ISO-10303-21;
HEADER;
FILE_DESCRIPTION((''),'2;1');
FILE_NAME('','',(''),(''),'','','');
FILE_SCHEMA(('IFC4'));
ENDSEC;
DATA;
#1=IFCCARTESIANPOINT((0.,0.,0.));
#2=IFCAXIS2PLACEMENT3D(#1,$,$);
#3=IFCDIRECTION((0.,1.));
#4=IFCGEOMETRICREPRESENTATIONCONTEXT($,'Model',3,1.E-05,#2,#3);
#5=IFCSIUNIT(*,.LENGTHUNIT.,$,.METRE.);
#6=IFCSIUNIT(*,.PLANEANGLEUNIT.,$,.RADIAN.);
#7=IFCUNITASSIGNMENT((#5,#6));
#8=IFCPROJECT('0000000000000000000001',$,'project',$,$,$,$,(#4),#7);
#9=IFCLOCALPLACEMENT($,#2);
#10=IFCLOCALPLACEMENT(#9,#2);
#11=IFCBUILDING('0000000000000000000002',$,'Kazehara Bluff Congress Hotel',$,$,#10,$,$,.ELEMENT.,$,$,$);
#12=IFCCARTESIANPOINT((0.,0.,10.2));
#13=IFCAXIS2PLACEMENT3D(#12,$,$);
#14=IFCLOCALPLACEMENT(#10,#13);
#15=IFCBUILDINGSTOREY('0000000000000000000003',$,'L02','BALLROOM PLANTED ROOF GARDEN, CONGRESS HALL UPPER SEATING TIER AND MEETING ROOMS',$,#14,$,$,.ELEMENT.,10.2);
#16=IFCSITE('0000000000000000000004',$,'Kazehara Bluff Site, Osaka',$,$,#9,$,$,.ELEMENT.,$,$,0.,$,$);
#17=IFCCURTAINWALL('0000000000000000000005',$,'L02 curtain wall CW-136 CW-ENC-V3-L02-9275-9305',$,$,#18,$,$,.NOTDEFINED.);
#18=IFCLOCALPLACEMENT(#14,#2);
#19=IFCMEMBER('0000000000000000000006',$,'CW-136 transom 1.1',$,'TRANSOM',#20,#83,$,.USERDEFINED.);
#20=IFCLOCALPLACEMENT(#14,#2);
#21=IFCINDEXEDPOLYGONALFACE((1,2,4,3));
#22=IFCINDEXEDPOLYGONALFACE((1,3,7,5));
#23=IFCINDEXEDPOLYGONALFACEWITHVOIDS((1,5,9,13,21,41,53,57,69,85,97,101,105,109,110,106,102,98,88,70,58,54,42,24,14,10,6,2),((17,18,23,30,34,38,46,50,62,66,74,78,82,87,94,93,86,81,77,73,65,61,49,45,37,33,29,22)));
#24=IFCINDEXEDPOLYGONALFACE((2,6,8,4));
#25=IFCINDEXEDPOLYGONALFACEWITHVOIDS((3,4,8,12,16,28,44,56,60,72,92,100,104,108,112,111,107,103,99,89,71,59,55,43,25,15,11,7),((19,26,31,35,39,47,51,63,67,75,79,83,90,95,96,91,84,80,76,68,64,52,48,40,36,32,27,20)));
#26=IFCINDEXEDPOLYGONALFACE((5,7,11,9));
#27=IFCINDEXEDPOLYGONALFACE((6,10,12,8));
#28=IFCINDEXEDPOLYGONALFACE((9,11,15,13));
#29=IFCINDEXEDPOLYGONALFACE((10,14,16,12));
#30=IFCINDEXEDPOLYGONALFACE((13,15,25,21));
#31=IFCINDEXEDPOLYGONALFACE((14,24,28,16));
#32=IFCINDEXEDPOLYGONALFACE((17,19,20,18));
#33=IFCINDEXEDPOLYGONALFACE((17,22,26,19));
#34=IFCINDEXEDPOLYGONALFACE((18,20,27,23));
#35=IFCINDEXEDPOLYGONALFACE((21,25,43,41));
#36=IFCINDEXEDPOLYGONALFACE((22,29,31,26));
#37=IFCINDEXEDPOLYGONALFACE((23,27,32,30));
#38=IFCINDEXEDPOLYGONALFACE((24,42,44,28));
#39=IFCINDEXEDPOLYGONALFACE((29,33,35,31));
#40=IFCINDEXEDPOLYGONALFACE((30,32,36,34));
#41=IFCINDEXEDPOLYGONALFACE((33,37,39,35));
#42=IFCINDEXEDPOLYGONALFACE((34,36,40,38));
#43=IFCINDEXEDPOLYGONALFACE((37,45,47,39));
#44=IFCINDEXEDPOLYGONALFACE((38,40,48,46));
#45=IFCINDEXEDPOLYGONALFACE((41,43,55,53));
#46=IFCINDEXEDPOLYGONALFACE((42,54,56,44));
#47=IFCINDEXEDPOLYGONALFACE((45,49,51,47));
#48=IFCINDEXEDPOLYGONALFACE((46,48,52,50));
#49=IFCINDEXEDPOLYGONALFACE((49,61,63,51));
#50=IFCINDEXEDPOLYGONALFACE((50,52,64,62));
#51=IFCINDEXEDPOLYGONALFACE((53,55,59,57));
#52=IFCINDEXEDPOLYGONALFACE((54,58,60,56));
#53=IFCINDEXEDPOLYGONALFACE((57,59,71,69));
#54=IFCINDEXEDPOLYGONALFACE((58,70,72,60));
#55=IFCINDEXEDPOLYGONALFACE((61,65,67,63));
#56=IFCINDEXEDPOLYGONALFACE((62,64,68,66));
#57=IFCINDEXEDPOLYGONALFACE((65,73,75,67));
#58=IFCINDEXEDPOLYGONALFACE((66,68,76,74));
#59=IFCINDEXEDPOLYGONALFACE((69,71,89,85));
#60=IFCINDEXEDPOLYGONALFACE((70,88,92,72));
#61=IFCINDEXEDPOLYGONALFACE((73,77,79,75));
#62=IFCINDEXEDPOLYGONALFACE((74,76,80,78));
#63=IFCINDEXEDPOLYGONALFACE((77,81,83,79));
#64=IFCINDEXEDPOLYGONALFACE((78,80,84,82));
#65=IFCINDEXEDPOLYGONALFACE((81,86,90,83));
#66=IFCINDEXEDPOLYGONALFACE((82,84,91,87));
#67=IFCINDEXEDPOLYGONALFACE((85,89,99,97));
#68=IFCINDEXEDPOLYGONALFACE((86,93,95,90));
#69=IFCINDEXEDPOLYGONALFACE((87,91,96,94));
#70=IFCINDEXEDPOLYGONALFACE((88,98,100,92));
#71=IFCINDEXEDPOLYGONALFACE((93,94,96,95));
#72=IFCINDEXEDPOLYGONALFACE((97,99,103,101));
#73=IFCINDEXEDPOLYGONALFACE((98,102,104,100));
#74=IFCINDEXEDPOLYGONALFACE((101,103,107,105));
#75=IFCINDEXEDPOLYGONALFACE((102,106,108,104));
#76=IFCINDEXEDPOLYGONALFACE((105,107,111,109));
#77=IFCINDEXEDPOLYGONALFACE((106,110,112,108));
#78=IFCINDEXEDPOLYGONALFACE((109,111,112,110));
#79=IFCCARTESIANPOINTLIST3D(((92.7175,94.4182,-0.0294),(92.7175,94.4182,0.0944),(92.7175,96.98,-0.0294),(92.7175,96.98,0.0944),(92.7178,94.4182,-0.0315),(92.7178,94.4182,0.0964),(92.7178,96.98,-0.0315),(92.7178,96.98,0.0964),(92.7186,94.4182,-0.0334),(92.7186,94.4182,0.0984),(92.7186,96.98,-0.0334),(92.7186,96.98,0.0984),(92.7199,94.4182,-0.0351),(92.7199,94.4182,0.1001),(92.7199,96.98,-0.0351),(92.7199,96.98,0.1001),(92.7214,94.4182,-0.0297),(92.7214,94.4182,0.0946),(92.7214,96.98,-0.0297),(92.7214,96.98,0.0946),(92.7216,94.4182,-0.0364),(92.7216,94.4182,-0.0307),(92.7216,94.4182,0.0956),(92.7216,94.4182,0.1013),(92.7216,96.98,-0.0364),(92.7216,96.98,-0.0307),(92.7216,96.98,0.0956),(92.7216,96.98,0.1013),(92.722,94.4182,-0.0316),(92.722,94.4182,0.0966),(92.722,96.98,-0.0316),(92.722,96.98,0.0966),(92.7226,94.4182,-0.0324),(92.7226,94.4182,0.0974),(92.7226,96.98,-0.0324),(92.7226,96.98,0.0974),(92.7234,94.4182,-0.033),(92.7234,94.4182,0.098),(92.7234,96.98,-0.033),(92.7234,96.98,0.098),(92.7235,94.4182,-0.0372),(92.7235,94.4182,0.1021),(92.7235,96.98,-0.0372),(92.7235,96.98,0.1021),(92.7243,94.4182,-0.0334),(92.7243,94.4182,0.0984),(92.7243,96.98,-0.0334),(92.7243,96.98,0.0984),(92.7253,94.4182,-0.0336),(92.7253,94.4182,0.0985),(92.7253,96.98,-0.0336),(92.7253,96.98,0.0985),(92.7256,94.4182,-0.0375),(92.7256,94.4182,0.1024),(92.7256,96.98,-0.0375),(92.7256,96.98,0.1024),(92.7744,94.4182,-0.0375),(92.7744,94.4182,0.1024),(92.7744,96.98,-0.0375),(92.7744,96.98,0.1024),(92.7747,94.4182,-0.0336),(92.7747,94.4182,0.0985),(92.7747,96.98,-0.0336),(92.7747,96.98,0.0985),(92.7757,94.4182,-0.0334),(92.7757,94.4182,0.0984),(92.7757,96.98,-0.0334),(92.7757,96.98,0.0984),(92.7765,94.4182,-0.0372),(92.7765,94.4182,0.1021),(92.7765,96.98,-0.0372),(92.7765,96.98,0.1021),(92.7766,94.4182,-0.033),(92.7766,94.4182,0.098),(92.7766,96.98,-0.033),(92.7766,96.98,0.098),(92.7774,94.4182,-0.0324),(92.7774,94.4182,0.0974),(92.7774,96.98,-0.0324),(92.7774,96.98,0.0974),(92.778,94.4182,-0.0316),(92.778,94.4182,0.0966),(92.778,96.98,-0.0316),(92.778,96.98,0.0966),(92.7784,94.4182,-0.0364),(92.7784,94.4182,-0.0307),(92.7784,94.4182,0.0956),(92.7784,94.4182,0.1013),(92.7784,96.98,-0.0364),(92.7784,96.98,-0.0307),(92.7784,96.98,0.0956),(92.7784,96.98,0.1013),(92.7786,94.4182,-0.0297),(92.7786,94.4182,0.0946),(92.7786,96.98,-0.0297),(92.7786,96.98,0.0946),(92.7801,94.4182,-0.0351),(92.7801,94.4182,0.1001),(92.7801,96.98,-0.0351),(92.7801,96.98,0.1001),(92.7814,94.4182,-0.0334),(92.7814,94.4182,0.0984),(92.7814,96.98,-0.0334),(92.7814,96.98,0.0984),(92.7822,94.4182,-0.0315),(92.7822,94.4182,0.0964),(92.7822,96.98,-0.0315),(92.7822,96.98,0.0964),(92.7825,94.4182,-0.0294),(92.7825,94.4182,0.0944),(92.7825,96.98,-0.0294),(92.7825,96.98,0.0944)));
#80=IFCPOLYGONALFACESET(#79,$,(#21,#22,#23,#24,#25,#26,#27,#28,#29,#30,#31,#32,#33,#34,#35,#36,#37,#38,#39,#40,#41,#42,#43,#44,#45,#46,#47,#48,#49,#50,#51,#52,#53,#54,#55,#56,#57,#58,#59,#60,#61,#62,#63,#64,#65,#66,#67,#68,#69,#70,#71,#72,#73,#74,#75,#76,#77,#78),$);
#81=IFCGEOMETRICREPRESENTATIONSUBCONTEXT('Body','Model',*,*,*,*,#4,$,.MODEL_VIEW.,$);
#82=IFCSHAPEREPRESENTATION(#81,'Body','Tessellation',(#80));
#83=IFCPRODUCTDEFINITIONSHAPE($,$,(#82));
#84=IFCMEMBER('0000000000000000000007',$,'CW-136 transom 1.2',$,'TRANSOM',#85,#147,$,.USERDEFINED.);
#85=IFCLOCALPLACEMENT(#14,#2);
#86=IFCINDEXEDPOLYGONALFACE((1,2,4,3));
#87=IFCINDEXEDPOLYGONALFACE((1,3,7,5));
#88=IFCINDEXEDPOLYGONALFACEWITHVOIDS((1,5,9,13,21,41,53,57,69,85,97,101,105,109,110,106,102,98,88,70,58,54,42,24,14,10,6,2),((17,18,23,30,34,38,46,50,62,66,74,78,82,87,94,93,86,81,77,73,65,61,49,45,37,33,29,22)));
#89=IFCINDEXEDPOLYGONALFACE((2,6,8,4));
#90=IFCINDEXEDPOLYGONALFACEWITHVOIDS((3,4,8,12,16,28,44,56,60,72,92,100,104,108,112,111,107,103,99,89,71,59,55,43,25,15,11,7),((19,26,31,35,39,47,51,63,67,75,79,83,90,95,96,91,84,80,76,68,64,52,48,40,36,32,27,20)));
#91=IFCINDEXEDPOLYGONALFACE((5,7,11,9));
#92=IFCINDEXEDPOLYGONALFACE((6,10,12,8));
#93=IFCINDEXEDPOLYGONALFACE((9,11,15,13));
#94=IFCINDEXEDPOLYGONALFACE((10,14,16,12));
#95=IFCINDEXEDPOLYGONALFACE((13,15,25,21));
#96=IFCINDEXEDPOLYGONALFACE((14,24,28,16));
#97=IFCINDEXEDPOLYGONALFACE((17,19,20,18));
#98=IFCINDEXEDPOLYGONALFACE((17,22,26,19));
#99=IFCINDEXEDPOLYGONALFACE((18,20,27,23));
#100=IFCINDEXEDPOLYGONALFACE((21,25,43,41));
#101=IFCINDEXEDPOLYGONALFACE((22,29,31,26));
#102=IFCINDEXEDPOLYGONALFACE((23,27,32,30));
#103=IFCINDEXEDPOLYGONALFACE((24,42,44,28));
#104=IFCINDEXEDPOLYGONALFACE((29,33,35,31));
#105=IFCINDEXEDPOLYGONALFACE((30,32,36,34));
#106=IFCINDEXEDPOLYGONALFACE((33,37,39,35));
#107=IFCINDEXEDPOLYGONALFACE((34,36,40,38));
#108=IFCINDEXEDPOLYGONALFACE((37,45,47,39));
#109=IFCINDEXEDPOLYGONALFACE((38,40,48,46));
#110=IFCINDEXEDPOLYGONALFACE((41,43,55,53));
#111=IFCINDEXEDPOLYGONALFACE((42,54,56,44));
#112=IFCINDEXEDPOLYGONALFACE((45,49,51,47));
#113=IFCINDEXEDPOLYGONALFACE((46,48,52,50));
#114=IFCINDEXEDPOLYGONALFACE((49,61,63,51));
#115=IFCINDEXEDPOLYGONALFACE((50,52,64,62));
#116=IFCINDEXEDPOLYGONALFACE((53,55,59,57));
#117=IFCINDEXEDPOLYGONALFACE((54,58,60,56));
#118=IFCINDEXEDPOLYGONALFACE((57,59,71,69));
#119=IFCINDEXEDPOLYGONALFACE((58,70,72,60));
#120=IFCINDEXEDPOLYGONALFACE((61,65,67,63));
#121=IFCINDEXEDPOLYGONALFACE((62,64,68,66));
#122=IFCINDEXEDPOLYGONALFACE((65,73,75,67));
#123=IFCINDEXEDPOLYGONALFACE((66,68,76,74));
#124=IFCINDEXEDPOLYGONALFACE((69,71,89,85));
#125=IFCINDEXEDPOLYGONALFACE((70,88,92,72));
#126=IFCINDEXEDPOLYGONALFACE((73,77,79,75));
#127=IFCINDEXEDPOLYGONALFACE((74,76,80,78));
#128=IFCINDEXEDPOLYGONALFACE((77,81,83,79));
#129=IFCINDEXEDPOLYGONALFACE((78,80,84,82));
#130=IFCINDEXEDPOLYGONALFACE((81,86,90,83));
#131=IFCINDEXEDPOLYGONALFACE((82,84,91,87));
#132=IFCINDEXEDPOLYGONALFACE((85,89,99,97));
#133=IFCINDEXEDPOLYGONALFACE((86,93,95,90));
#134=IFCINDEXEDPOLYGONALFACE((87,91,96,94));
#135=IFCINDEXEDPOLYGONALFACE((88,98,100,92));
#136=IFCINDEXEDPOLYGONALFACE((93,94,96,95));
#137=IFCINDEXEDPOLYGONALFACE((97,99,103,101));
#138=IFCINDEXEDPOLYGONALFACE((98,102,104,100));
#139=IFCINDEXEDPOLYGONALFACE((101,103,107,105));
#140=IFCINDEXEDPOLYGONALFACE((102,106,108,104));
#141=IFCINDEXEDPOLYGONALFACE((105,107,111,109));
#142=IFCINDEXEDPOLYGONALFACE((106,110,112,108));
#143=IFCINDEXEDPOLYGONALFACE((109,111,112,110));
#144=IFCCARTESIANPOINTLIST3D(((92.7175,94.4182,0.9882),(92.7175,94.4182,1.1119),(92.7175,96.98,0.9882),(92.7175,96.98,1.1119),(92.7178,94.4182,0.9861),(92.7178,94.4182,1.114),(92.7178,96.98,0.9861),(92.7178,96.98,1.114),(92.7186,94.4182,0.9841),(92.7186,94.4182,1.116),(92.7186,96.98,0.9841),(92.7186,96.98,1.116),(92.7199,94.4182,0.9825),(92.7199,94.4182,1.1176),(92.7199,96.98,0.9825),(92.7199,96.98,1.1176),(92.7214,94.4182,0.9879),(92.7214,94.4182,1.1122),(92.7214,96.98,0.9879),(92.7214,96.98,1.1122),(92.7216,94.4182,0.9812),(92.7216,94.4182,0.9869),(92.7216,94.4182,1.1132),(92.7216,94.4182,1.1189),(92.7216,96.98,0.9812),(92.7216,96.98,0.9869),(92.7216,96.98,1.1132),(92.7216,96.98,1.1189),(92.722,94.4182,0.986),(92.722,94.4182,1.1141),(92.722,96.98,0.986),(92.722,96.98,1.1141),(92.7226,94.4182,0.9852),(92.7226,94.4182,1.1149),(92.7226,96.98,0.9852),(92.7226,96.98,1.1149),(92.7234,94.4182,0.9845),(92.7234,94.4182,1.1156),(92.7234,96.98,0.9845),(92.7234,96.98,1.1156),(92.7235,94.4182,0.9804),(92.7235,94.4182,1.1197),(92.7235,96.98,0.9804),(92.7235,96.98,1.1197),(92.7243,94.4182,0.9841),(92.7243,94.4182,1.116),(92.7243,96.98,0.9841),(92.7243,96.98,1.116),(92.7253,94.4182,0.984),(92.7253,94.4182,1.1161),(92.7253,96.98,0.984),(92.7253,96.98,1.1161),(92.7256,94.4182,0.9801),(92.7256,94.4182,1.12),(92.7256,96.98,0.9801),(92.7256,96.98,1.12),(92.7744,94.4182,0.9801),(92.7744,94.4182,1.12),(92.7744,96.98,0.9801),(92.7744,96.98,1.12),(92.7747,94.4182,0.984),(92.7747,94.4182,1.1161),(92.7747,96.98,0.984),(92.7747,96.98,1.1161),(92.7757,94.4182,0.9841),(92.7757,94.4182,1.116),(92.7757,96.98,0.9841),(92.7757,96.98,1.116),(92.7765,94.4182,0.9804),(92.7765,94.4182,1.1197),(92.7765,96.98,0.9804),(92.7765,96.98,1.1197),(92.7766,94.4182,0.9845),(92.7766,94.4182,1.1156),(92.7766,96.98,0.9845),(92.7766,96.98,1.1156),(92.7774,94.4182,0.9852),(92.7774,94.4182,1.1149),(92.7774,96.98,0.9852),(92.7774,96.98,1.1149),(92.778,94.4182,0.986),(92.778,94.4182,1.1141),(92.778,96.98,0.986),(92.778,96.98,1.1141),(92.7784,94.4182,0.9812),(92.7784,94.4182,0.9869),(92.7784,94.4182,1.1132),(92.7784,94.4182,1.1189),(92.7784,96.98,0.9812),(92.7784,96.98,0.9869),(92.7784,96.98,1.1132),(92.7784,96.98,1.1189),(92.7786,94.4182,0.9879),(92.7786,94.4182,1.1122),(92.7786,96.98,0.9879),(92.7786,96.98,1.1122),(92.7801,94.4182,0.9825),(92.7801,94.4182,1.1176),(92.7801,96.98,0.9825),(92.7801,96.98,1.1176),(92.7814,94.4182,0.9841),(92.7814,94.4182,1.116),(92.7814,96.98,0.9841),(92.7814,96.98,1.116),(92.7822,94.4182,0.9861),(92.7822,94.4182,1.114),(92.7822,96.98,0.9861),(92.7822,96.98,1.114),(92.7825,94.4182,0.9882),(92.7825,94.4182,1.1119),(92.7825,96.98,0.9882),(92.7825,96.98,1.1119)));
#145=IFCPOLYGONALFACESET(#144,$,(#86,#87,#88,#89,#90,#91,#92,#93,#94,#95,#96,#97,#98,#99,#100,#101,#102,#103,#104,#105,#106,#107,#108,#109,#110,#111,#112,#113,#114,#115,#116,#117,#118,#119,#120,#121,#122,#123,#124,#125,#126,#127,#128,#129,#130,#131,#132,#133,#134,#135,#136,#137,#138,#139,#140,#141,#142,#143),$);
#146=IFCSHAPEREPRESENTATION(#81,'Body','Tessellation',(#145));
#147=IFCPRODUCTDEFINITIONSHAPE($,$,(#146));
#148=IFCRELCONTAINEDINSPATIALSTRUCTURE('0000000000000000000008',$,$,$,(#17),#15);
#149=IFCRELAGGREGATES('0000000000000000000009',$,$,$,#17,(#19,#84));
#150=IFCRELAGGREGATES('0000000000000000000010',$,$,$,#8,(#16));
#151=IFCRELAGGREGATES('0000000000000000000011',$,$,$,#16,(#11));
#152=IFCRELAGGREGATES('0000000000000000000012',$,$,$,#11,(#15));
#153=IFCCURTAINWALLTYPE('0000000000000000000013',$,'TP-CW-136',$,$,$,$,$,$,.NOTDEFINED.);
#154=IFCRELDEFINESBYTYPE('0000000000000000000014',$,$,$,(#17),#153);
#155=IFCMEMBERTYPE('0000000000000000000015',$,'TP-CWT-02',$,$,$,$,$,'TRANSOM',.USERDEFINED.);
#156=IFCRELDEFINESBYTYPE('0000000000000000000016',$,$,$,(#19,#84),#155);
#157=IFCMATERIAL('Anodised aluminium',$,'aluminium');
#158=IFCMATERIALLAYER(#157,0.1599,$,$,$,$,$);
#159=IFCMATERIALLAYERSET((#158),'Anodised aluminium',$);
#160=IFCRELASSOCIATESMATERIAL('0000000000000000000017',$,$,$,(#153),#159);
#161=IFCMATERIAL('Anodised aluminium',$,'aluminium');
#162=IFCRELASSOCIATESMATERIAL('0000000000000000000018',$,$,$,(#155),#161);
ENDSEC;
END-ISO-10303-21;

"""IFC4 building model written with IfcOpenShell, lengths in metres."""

from ifc_helpers import new_model, si_unit, direction, frame, origin, origin_2d, place, context, subcontext, project, spatial, hollow_rectangle, extrude, material, layer, layer_set, material_profile, profile_set, type_object, element, aggregate, save


model = new_model("IFC4")

# Units and contexts
model_context = context("Model", 3, precision=1e-05, world=origin(), true_north=direction((0.0, 1.0)))
body_context = subcontext(model_context, "Body", "Model", "MODEL_VIEW")
ifc_project = project(units=[si_unit("LENGTHUNIT", "METRE"), si_unit("PLANEANGLEUNIT", "RADIAN")], contexts=[model_context])

# Site, building, storey
site_placement = place(None, origin())
site = spatial("IfcSite", under=ifc_project, at=site_placement, Name="Kazehara Bluff Site, Osaka", CompositionType="ELEMENT", RefElevation=0.0)
building_placement = place(site_placement, origin())
building = spatial("IfcBuilding", under=site, at=building_placement, Name="Kazehara Bluff Congress Hotel", CompositionType="ELEMENT")
storey_placement = place(building_placement, frame((0.0, 0.0, 10.2)))
storey = spatial("IfcBuildingStorey", under=building, at=storey_placement, Name="L02", Description="BALLROOM PLANTED ROOF GARDEN, CONGRESS HALL UPPER SEATING TIER AND MEETING ROOMS", CompositionType="ELEMENT", Elevation=10.2)

# Curtain wall
ifc_material_1 = material(Name="Anodised aluminium", Category="aluminium")
ifc_layer_1 = layer(ifc_material_1, 0.1599)
ifc_layer_set_1 = layer_set([ifc_layer_1], Name="Anodised aluminium")
curtain_wall_type_1 = type_object("IfcCurtainWallType", Name="TP-CW-136", PredefinedType="NOTDEFINED", material=ifc_layer_set_1)
curtain_wall_1_placement = place(storey_placement, origin())
curtain_wall_1 = element("IfcCurtainWall", 1, at=curtain_wall_1_placement, inside=storey, type_object=curtain_wall_type_1, Name="L02 curtain wall CW-136 CW-ENC-V3-L02-9275-9305", PredefinedType="NOTDEFINED")

# Members
ifc_material_2 = material(Name="Anodised aluminium", Category="aluminium")
ifc_material_profile_1 = material_profile(ifc_material_2, hollow_rectangle(XDim=0.0649, YDim=0.1399, WallThickness=0.0039, InnerFilletRadius=0.0039, OuterFilletRadius=0.0081, at=origin_2d()))
ifc_profile_set_1 = profile_set([ifc_material_profile_1], Name="Anodised aluminium")
member_type_1 = type_object("IfcMemberType", Name="TP-CWT-02", ElementType="TRANSOM", PredefinedType="USERDEFINED", material=ifc_profile_set_1)
member_1_placement = place(storey_placement, frame((92.75, 96.98, 0.0325), z_axis=(0.0, -1.0, 0.0), x_axis=(1.0, 0.0, 0.0)))
member_1 = element("IfcMember", 2, at=member_1_placement, type_object=member_type_1, Name="CW-136 transom 1.1", ObjectType="TRANSOM", PredefinedType="USERDEFINED", context=body_context, shape_type="SweptSolid", body=[
    extrude(hollow_rectangle(XDim=0.0649, YDim=0.1399, WallThickness=0.0039, InnerFilletRadius=0.0039, OuterFilletRadius=0.0081, at=origin_2d()), origin(), (0.0, 0.0, 1.0), 2.5618),
])
member_2_placement = place(storey_placement, frame((92.75, 96.98, 1.05), z_axis=(0.0, -1.0, 0.0), x_axis=(1.0, 0.0, 0.0)))
member_2 = element("IfcMember", 3, at=member_2_placement, type_object=member_type_1, Name="CW-136 transom 1.2", ObjectType="TRANSOM", PredefinedType="USERDEFINED", context=body_context, shape_type="SweptSolid", body=[
    extrude(hollow_rectangle(XDim=0.0649, YDim=0.1399, WallThickness=0.0039, InnerFilletRadius=0.0039, OuterFilletRadius=0.0081, at=origin_2d()), origin(), (0.0, 0.0, 1.0), 2.5618),
])

aggregate(curtain_wall_1, [member_1, member_2])

save(model, "model.ifc")
